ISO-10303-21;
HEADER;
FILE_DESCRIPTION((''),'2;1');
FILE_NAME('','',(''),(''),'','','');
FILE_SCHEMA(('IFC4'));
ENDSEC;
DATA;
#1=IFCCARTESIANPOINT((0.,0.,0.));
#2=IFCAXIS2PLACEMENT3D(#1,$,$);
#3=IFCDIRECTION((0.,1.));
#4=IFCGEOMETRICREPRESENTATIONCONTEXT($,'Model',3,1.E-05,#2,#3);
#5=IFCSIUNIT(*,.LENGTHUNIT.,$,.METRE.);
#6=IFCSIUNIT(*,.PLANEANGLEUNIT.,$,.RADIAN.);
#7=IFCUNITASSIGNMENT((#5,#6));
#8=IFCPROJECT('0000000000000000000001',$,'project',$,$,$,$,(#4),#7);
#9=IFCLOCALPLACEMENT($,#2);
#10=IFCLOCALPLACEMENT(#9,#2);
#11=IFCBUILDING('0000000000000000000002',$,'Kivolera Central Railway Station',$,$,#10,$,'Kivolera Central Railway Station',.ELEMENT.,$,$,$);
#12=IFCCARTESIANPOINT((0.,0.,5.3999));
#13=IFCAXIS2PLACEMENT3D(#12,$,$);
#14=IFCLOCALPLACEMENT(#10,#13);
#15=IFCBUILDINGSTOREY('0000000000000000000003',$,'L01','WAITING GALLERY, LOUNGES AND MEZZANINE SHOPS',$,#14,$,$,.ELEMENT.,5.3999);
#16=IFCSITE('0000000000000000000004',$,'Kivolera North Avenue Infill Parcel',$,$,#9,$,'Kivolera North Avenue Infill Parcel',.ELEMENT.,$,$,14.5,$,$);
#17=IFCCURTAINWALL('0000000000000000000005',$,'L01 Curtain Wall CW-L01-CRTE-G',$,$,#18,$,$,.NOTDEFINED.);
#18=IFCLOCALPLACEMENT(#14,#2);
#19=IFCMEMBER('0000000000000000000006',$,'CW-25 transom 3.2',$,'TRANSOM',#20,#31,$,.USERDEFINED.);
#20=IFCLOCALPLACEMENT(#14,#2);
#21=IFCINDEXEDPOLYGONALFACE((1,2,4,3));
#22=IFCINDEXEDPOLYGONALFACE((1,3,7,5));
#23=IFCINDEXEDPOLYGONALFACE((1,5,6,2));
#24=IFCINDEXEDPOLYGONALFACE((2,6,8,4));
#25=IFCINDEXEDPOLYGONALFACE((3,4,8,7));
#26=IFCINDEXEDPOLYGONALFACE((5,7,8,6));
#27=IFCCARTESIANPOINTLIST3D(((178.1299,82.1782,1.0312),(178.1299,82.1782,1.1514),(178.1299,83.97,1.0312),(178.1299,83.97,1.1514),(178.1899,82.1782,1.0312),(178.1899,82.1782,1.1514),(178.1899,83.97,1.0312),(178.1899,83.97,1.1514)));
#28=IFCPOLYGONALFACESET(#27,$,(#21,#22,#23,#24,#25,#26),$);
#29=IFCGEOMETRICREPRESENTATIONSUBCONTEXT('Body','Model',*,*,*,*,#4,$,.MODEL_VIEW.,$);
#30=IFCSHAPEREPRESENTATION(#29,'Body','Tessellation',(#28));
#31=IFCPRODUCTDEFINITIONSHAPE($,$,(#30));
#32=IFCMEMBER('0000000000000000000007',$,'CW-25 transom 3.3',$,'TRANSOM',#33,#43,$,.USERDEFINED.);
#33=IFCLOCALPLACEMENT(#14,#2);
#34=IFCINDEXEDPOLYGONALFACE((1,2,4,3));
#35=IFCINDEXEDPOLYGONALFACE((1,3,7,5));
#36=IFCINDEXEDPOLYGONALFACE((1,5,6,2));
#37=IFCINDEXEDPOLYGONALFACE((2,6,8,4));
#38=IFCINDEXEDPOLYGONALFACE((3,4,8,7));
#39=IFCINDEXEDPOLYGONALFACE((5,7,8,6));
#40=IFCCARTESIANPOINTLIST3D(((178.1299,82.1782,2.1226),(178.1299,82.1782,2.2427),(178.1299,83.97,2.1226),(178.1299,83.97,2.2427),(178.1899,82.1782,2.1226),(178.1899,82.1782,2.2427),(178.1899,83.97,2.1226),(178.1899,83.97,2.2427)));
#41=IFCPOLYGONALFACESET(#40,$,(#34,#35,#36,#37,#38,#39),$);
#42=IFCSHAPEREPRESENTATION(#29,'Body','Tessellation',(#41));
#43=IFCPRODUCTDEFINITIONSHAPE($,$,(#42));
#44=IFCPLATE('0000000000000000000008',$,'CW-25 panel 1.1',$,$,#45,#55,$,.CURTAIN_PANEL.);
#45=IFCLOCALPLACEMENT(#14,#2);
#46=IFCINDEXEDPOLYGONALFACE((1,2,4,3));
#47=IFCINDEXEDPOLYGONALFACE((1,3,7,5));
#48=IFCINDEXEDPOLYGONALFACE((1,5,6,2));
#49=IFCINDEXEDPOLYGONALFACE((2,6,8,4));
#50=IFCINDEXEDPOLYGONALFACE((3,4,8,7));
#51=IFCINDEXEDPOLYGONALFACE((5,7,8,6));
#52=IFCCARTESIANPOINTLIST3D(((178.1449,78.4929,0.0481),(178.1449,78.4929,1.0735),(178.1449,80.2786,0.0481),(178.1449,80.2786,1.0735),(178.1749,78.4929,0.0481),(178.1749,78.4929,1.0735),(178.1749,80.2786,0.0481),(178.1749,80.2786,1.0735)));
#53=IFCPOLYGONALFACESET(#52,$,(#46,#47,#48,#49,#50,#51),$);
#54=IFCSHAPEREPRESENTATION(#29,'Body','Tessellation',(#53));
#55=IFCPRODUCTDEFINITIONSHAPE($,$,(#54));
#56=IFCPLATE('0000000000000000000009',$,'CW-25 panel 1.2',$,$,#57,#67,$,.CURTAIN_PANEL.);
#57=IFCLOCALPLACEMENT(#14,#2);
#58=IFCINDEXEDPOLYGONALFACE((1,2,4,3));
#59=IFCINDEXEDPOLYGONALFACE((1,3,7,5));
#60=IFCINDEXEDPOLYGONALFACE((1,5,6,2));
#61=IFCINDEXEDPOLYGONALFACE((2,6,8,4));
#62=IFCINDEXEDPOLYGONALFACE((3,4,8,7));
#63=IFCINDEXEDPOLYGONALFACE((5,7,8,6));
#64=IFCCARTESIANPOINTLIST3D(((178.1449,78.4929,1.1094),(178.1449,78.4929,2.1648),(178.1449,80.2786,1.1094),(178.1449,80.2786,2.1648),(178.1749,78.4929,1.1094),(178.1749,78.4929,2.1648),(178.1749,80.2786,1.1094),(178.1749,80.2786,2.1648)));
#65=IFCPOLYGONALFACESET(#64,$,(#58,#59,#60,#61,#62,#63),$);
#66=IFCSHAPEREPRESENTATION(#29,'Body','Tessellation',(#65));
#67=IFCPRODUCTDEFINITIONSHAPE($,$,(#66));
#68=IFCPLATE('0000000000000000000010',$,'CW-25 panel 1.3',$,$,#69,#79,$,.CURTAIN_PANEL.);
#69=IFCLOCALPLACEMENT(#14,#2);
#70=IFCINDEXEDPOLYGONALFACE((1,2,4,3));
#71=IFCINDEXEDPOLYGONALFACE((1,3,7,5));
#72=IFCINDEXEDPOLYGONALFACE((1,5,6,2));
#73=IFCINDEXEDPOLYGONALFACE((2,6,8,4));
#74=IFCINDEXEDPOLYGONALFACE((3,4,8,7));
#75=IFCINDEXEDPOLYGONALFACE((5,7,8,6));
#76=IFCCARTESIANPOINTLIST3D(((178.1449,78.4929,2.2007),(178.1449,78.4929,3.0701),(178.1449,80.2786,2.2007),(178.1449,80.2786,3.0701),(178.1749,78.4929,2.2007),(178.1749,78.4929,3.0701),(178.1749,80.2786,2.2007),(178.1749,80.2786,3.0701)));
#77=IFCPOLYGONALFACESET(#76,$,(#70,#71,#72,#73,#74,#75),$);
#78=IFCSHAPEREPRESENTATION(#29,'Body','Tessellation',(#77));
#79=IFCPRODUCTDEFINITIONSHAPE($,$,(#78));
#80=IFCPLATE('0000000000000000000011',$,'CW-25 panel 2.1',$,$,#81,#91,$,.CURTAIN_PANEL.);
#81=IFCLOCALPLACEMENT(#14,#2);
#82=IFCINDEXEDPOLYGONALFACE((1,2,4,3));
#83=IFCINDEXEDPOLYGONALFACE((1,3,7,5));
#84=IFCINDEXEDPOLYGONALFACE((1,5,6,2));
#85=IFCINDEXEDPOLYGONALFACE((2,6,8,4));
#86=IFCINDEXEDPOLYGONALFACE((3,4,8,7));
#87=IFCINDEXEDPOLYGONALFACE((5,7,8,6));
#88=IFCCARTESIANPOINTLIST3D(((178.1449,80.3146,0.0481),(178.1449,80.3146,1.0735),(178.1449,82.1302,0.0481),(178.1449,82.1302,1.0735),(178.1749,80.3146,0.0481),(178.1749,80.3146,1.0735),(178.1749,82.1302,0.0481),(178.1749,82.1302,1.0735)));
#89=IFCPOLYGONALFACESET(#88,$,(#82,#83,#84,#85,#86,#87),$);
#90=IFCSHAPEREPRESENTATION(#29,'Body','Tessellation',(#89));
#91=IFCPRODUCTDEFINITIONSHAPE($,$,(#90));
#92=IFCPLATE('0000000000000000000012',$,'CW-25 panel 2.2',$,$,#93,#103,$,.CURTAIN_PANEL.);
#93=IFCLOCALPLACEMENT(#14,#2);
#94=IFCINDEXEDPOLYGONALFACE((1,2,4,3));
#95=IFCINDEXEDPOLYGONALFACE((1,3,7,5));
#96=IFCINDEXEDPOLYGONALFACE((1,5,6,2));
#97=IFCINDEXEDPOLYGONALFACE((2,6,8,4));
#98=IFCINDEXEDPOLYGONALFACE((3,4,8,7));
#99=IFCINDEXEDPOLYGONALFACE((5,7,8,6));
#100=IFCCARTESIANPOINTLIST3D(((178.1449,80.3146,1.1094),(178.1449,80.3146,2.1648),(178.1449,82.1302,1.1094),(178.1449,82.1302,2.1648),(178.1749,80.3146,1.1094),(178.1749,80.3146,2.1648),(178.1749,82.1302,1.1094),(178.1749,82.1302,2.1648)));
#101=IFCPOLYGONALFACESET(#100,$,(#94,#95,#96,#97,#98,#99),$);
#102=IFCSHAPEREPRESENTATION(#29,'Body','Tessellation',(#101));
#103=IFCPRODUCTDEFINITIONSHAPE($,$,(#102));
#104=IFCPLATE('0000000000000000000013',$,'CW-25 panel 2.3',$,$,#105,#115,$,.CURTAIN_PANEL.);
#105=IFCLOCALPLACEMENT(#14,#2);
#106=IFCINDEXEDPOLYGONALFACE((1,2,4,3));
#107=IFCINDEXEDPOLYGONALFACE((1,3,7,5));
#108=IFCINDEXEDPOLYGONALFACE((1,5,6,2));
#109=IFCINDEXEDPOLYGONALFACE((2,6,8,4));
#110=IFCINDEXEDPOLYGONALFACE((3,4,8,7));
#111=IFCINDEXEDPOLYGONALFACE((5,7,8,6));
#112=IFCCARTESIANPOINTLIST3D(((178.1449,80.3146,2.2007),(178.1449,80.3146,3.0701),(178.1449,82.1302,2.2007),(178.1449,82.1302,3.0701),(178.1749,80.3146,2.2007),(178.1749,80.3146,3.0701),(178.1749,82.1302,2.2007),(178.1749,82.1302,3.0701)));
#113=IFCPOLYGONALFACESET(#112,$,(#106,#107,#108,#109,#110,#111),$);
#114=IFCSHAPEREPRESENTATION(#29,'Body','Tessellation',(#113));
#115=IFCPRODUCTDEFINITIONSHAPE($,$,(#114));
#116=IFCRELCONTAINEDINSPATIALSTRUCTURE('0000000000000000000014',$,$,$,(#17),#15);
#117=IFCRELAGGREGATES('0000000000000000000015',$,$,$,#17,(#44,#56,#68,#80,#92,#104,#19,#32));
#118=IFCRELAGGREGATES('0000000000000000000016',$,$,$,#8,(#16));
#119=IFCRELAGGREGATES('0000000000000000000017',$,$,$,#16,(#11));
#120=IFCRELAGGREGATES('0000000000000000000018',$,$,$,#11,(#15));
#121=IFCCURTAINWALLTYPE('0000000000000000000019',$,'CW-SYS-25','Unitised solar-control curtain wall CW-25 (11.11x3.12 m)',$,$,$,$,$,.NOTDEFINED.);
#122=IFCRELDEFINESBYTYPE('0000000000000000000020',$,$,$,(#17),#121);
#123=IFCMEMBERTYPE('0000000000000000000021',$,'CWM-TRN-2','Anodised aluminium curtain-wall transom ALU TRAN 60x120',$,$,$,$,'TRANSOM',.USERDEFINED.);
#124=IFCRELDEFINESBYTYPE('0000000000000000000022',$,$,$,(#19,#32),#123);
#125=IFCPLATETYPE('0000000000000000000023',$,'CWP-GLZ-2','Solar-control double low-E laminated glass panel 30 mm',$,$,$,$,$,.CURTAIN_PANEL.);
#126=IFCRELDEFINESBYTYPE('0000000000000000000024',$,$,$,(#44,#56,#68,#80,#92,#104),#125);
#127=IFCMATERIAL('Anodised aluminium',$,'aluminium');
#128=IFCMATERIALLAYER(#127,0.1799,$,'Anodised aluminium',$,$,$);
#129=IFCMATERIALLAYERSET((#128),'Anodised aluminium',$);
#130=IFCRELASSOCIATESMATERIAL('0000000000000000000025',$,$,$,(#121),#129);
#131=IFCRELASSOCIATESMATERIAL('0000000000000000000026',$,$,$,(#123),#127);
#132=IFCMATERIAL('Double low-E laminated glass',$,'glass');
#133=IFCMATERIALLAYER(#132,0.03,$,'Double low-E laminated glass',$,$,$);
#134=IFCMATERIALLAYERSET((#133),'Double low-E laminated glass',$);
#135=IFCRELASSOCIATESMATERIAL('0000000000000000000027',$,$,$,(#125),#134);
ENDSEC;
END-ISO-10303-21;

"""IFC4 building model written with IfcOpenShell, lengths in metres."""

from ifc_helpers import new_model, si_unit, direction, frame, origin, origin_2d, place, context, subcontext, project, spatial, rectangle, extrude, material, layer, layer_set, material_profile, profile_set, type_object, element, aggregate, save


model = new_model("IFC4")

# Units and contexts
model_context = context("Model", 3, precision=1e-05, world=origin(), true_north=direction((0.0, 1.0)))
body_context = subcontext(model_context, "Body", "Model", "MODEL_VIEW")
ifc_project = project(units=[si_unit("LENGTHUNIT", "METRE"), si_unit("PLANEANGLEUNIT", "RADIAN")], contexts=[model_context])

# Site, building, storey
site_placement = place(None, origin())
site = spatial("IfcSite", under=ifc_project, at=site_placement, Name="Kivolera North Avenue Infill Parcel", LongName="Kivolera North Avenue Infill Parcel", CompositionType="ELEMENT", RefElevation=14.5)
building_placement = place(site_placement, origin())
building = spatial("IfcBuilding", under=site, at=building_placement, Name="Kivolera Central Railway Station", LongName="Kivolera Central Railway Station", CompositionType="ELEMENT")
storey_placement = place(building_placement, frame((0.0, 0.0, 5.3999)))
storey = spatial("IfcBuildingStorey", under=building, at=storey_placement, Name="L01", Description="WAITING GALLERY, LOUNGES AND MEZZANINE SHOPS", CompositionType="ELEMENT", Elevation=5.3999)

# Curtain wall, members, plates
ifc_material_1 = material(Name="Anodised aluminium", Category="aluminium")
ifc_layer_1 = layer(ifc_material_1, 0.1799, Name="Anodised aluminium")
ifc_layer_set_1 = layer_set([ifc_layer_1], Name="Anodised aluminium")
curtain_wall_type = type_object("IfcCurtainWallType", Name="CW-SYS-25", Description="Unitised solar-control curtain wall CW-25 (11.11x3.12 m)", PredefinedType="NOTDEFINED", material=ifc_layer_set_1)
curtain_wall_placement = place(storey_placement, origin())
curtain_wall = element("IfcCurtainWall", 1, at=curtain_wall_placement, inside=storey, type_object=curtain_wall_type, Name="L01 Curtain Wall CW-L01-CRTE-G", PredefinedType="NOTDEFINED")
ifc_material_profile_1 = material_profile(ifc_material_1, rectangle(XDim=0.0601, YDim=0.1201, at=origin_2d()), Name="ALU TRAN 60x120")
ifc_profile_set_1 = profile_set([ifc_material_profile_1], Name="Anodised aluminium")
member_type_1 = type_object("IfcMemberType", Name="CWM-TRN-2", Description="Anodised aluminium curtain-wall transom ALU TRAN 60x120", ElementType="TRANSOM", PredefinedType="USERDEFINED", material=ifc_profile_set_1)
member_1_placement = place(storey_placement, frame((178.1599, 82.1782, 1.0913), z_axis=(0.0, 1.0, 0.0), x_axis=(-1.0, 0.0, 0.0)))
member_1 = element("IfcMember", 2, at=member_1_placement, type_object=member_type_1, Name="CW-25 transom 3.2", ObjectType="TRANSOM", PredefinedType="USERDEFINED", context=body_context, shape_type="SweptSolid", body=[
    extrude(rectangle(XDim=0.0601, YDim=0.1201, at=origin_2d()), origin(), (0.0, 0.0, 1.0), 1.7917),
])
member_2_placement = place(storey_placement, frame((178.1599, 82.1782, 2.1826), z_axis=(0.0, 1.0, 0.0), x_axis=(-1.0, 0.0, 0.0)))
member_2 = element("IfcMember", 3, at=member_2_placement, type_object=member_type_1, Name="CW-25 transom 3.3", ObjectType="TRANSOM", PredefinedType="USERDEFINED", context=body_context, shape_type="SweptSolid", body=[
    extrude(rectangle(XDim=0.0601, YDim=0.1201, at=origin_2d()), origin(), (0.0, 0.0, 1.0), 1.7917),
])
ifc_material_2 = material(Name="Double low-E laminated glass", Category="glass")
ifc_layer_2 = layer(ifc_material_2, 0.03, Name="Double low-E laminated glass")
ifc_layer_set_2 = layer_set([ifc_layer_2], Name="Double low-E laminated glass")
plate_type = type_object("IfcPlateType", Name="CWP-GLZ-2", Description="Solar-control double low-E laminated glass panel 30 mm", PredefinedType="CURTAIN_PANEL", material=ifc_layer_set_2)
plate_1_placement = place(storey_placement, frame((178.1599, 79.3857, 0.0481), z_axis=(0.0, 0.0, 1.0), x_axis=(0.0, 1.0, 0.0)))
plate_1 = element("IfcPlate", 4, at=plate_1_placement, type_object=plate_type, Name="CW-25 panel 1.1", PredefinedType="CURTAIN_PANEL", context=body_context, shape_type="SweptSolid", body=[
    extrude(rectangle(XDim=1.7856, YDim=0.03, at=origin_2d()), origin(), (0.0, 0.0, 1.0), 1.0254),
])
plate_2_placement = place(storey_placement, frame((178.1599, 79.3857, 1.1094), z_axis=(0.0, 0.0, 1.0), x_axis=(0.0, 1.0, 0.0)))
plate_2 = element("IfcPlate", 5, at=plate_2_placement, type_object=plate_type, Name="CW-25 panel 1.2", PredefinedType="CURTAIN_PANEL", context=body_context, shape_type="SweptSolid", body=[
    extrude(rectangle(XDim=1.7856, YDim=0.03, at=origin_2d()), origin(), (0.0, 0.0, 1.0), 1.0554),
])
plate_3_placement = place(storey_placement, frame((178.1599, 79.3857, 2.2007), z_axis=(0.0, 0.0, 1.0), x_axis=(0.0, 1.0, 0.0)))
plate_3 = element("IfcPlate", 6, at=plate_3_placement, type_object=plate_type, Name="CW-25 panel 1.3", PredefinedType="CURTAIN_PANEL", context=body_context, shape_type="SweptSolid", body=[
    extrude(rectangle(XDim=1.7856, YDim=0.03, at=origin_2d()), origin(), (0.0, 0.0, 1.0), 0.8694),
])
plate_4_placement = place(storey_placement, frame((178.1599, 81.2224, 0.0481), z_axis=(0.0, 0.0, 1.0), x_axis=(0.0, 1.0, 0.0)))
plate_4 = element("IfcPlate", 7, at=plate_4_placement, type_object=plate_type, Name="CW-25 panel 2.1", PredefinedType="CURTAIN_PANEL", context=body_context, shape_type="SweptSolid", body=[
    extrude(rectangle(XDim=1.8157, YDim=0.03, at=origin_2d()), origin(), (0.0, 0.0, 1.0), 1.0254),
])
plate_5_placement = place(storey_placement, frame((178.1599, 81.2224, 1.1094), z_axis=(0.0, 0.0, 1.0), x_axis=(0.0, 1.0, 0.0)))
plate_5 = element("IfcPlate", 8, at=plate_5_placement, type_object=plate_type, Name="CW-25 panel 2.2", PredefinedType="CURTAIN_PANEL", context=body_context, shape_type="SweptSolid", body=[
    extrude(rectangle(XDim=1.8157, YDim=0.03, at=origin_2d()), origin(), (0.0, 0.0, 1.0), 1.0554),
])
plate_6_placement = place(storey_placement, frame((178.1599, 81.2224, 2.2007), z_axis=(0.0, 0.0, 1.0), x_axis=(0.0, 1.0, 0.0)))
plate_6 = element("IfcPlate", 9, at=plate_6_placement, type_object=plate_type, Name="CW-25 panel 2.3", PredefinedType="CURTAIN_PANEL", context=body_context, shape_type="SweptSolid", body=[
    extrude(rectangle(XDim=1.8157, YDim=0.03, at=origin_2d()), origin(), (0.0, 0.0, 1.0), 0.8694),
])
aggregate(curtain_wall, [plate_1, plate_2, plate_3, plate_4, plate_5, plate_6, member_1, member_2])

save(model, "model.ifc")
